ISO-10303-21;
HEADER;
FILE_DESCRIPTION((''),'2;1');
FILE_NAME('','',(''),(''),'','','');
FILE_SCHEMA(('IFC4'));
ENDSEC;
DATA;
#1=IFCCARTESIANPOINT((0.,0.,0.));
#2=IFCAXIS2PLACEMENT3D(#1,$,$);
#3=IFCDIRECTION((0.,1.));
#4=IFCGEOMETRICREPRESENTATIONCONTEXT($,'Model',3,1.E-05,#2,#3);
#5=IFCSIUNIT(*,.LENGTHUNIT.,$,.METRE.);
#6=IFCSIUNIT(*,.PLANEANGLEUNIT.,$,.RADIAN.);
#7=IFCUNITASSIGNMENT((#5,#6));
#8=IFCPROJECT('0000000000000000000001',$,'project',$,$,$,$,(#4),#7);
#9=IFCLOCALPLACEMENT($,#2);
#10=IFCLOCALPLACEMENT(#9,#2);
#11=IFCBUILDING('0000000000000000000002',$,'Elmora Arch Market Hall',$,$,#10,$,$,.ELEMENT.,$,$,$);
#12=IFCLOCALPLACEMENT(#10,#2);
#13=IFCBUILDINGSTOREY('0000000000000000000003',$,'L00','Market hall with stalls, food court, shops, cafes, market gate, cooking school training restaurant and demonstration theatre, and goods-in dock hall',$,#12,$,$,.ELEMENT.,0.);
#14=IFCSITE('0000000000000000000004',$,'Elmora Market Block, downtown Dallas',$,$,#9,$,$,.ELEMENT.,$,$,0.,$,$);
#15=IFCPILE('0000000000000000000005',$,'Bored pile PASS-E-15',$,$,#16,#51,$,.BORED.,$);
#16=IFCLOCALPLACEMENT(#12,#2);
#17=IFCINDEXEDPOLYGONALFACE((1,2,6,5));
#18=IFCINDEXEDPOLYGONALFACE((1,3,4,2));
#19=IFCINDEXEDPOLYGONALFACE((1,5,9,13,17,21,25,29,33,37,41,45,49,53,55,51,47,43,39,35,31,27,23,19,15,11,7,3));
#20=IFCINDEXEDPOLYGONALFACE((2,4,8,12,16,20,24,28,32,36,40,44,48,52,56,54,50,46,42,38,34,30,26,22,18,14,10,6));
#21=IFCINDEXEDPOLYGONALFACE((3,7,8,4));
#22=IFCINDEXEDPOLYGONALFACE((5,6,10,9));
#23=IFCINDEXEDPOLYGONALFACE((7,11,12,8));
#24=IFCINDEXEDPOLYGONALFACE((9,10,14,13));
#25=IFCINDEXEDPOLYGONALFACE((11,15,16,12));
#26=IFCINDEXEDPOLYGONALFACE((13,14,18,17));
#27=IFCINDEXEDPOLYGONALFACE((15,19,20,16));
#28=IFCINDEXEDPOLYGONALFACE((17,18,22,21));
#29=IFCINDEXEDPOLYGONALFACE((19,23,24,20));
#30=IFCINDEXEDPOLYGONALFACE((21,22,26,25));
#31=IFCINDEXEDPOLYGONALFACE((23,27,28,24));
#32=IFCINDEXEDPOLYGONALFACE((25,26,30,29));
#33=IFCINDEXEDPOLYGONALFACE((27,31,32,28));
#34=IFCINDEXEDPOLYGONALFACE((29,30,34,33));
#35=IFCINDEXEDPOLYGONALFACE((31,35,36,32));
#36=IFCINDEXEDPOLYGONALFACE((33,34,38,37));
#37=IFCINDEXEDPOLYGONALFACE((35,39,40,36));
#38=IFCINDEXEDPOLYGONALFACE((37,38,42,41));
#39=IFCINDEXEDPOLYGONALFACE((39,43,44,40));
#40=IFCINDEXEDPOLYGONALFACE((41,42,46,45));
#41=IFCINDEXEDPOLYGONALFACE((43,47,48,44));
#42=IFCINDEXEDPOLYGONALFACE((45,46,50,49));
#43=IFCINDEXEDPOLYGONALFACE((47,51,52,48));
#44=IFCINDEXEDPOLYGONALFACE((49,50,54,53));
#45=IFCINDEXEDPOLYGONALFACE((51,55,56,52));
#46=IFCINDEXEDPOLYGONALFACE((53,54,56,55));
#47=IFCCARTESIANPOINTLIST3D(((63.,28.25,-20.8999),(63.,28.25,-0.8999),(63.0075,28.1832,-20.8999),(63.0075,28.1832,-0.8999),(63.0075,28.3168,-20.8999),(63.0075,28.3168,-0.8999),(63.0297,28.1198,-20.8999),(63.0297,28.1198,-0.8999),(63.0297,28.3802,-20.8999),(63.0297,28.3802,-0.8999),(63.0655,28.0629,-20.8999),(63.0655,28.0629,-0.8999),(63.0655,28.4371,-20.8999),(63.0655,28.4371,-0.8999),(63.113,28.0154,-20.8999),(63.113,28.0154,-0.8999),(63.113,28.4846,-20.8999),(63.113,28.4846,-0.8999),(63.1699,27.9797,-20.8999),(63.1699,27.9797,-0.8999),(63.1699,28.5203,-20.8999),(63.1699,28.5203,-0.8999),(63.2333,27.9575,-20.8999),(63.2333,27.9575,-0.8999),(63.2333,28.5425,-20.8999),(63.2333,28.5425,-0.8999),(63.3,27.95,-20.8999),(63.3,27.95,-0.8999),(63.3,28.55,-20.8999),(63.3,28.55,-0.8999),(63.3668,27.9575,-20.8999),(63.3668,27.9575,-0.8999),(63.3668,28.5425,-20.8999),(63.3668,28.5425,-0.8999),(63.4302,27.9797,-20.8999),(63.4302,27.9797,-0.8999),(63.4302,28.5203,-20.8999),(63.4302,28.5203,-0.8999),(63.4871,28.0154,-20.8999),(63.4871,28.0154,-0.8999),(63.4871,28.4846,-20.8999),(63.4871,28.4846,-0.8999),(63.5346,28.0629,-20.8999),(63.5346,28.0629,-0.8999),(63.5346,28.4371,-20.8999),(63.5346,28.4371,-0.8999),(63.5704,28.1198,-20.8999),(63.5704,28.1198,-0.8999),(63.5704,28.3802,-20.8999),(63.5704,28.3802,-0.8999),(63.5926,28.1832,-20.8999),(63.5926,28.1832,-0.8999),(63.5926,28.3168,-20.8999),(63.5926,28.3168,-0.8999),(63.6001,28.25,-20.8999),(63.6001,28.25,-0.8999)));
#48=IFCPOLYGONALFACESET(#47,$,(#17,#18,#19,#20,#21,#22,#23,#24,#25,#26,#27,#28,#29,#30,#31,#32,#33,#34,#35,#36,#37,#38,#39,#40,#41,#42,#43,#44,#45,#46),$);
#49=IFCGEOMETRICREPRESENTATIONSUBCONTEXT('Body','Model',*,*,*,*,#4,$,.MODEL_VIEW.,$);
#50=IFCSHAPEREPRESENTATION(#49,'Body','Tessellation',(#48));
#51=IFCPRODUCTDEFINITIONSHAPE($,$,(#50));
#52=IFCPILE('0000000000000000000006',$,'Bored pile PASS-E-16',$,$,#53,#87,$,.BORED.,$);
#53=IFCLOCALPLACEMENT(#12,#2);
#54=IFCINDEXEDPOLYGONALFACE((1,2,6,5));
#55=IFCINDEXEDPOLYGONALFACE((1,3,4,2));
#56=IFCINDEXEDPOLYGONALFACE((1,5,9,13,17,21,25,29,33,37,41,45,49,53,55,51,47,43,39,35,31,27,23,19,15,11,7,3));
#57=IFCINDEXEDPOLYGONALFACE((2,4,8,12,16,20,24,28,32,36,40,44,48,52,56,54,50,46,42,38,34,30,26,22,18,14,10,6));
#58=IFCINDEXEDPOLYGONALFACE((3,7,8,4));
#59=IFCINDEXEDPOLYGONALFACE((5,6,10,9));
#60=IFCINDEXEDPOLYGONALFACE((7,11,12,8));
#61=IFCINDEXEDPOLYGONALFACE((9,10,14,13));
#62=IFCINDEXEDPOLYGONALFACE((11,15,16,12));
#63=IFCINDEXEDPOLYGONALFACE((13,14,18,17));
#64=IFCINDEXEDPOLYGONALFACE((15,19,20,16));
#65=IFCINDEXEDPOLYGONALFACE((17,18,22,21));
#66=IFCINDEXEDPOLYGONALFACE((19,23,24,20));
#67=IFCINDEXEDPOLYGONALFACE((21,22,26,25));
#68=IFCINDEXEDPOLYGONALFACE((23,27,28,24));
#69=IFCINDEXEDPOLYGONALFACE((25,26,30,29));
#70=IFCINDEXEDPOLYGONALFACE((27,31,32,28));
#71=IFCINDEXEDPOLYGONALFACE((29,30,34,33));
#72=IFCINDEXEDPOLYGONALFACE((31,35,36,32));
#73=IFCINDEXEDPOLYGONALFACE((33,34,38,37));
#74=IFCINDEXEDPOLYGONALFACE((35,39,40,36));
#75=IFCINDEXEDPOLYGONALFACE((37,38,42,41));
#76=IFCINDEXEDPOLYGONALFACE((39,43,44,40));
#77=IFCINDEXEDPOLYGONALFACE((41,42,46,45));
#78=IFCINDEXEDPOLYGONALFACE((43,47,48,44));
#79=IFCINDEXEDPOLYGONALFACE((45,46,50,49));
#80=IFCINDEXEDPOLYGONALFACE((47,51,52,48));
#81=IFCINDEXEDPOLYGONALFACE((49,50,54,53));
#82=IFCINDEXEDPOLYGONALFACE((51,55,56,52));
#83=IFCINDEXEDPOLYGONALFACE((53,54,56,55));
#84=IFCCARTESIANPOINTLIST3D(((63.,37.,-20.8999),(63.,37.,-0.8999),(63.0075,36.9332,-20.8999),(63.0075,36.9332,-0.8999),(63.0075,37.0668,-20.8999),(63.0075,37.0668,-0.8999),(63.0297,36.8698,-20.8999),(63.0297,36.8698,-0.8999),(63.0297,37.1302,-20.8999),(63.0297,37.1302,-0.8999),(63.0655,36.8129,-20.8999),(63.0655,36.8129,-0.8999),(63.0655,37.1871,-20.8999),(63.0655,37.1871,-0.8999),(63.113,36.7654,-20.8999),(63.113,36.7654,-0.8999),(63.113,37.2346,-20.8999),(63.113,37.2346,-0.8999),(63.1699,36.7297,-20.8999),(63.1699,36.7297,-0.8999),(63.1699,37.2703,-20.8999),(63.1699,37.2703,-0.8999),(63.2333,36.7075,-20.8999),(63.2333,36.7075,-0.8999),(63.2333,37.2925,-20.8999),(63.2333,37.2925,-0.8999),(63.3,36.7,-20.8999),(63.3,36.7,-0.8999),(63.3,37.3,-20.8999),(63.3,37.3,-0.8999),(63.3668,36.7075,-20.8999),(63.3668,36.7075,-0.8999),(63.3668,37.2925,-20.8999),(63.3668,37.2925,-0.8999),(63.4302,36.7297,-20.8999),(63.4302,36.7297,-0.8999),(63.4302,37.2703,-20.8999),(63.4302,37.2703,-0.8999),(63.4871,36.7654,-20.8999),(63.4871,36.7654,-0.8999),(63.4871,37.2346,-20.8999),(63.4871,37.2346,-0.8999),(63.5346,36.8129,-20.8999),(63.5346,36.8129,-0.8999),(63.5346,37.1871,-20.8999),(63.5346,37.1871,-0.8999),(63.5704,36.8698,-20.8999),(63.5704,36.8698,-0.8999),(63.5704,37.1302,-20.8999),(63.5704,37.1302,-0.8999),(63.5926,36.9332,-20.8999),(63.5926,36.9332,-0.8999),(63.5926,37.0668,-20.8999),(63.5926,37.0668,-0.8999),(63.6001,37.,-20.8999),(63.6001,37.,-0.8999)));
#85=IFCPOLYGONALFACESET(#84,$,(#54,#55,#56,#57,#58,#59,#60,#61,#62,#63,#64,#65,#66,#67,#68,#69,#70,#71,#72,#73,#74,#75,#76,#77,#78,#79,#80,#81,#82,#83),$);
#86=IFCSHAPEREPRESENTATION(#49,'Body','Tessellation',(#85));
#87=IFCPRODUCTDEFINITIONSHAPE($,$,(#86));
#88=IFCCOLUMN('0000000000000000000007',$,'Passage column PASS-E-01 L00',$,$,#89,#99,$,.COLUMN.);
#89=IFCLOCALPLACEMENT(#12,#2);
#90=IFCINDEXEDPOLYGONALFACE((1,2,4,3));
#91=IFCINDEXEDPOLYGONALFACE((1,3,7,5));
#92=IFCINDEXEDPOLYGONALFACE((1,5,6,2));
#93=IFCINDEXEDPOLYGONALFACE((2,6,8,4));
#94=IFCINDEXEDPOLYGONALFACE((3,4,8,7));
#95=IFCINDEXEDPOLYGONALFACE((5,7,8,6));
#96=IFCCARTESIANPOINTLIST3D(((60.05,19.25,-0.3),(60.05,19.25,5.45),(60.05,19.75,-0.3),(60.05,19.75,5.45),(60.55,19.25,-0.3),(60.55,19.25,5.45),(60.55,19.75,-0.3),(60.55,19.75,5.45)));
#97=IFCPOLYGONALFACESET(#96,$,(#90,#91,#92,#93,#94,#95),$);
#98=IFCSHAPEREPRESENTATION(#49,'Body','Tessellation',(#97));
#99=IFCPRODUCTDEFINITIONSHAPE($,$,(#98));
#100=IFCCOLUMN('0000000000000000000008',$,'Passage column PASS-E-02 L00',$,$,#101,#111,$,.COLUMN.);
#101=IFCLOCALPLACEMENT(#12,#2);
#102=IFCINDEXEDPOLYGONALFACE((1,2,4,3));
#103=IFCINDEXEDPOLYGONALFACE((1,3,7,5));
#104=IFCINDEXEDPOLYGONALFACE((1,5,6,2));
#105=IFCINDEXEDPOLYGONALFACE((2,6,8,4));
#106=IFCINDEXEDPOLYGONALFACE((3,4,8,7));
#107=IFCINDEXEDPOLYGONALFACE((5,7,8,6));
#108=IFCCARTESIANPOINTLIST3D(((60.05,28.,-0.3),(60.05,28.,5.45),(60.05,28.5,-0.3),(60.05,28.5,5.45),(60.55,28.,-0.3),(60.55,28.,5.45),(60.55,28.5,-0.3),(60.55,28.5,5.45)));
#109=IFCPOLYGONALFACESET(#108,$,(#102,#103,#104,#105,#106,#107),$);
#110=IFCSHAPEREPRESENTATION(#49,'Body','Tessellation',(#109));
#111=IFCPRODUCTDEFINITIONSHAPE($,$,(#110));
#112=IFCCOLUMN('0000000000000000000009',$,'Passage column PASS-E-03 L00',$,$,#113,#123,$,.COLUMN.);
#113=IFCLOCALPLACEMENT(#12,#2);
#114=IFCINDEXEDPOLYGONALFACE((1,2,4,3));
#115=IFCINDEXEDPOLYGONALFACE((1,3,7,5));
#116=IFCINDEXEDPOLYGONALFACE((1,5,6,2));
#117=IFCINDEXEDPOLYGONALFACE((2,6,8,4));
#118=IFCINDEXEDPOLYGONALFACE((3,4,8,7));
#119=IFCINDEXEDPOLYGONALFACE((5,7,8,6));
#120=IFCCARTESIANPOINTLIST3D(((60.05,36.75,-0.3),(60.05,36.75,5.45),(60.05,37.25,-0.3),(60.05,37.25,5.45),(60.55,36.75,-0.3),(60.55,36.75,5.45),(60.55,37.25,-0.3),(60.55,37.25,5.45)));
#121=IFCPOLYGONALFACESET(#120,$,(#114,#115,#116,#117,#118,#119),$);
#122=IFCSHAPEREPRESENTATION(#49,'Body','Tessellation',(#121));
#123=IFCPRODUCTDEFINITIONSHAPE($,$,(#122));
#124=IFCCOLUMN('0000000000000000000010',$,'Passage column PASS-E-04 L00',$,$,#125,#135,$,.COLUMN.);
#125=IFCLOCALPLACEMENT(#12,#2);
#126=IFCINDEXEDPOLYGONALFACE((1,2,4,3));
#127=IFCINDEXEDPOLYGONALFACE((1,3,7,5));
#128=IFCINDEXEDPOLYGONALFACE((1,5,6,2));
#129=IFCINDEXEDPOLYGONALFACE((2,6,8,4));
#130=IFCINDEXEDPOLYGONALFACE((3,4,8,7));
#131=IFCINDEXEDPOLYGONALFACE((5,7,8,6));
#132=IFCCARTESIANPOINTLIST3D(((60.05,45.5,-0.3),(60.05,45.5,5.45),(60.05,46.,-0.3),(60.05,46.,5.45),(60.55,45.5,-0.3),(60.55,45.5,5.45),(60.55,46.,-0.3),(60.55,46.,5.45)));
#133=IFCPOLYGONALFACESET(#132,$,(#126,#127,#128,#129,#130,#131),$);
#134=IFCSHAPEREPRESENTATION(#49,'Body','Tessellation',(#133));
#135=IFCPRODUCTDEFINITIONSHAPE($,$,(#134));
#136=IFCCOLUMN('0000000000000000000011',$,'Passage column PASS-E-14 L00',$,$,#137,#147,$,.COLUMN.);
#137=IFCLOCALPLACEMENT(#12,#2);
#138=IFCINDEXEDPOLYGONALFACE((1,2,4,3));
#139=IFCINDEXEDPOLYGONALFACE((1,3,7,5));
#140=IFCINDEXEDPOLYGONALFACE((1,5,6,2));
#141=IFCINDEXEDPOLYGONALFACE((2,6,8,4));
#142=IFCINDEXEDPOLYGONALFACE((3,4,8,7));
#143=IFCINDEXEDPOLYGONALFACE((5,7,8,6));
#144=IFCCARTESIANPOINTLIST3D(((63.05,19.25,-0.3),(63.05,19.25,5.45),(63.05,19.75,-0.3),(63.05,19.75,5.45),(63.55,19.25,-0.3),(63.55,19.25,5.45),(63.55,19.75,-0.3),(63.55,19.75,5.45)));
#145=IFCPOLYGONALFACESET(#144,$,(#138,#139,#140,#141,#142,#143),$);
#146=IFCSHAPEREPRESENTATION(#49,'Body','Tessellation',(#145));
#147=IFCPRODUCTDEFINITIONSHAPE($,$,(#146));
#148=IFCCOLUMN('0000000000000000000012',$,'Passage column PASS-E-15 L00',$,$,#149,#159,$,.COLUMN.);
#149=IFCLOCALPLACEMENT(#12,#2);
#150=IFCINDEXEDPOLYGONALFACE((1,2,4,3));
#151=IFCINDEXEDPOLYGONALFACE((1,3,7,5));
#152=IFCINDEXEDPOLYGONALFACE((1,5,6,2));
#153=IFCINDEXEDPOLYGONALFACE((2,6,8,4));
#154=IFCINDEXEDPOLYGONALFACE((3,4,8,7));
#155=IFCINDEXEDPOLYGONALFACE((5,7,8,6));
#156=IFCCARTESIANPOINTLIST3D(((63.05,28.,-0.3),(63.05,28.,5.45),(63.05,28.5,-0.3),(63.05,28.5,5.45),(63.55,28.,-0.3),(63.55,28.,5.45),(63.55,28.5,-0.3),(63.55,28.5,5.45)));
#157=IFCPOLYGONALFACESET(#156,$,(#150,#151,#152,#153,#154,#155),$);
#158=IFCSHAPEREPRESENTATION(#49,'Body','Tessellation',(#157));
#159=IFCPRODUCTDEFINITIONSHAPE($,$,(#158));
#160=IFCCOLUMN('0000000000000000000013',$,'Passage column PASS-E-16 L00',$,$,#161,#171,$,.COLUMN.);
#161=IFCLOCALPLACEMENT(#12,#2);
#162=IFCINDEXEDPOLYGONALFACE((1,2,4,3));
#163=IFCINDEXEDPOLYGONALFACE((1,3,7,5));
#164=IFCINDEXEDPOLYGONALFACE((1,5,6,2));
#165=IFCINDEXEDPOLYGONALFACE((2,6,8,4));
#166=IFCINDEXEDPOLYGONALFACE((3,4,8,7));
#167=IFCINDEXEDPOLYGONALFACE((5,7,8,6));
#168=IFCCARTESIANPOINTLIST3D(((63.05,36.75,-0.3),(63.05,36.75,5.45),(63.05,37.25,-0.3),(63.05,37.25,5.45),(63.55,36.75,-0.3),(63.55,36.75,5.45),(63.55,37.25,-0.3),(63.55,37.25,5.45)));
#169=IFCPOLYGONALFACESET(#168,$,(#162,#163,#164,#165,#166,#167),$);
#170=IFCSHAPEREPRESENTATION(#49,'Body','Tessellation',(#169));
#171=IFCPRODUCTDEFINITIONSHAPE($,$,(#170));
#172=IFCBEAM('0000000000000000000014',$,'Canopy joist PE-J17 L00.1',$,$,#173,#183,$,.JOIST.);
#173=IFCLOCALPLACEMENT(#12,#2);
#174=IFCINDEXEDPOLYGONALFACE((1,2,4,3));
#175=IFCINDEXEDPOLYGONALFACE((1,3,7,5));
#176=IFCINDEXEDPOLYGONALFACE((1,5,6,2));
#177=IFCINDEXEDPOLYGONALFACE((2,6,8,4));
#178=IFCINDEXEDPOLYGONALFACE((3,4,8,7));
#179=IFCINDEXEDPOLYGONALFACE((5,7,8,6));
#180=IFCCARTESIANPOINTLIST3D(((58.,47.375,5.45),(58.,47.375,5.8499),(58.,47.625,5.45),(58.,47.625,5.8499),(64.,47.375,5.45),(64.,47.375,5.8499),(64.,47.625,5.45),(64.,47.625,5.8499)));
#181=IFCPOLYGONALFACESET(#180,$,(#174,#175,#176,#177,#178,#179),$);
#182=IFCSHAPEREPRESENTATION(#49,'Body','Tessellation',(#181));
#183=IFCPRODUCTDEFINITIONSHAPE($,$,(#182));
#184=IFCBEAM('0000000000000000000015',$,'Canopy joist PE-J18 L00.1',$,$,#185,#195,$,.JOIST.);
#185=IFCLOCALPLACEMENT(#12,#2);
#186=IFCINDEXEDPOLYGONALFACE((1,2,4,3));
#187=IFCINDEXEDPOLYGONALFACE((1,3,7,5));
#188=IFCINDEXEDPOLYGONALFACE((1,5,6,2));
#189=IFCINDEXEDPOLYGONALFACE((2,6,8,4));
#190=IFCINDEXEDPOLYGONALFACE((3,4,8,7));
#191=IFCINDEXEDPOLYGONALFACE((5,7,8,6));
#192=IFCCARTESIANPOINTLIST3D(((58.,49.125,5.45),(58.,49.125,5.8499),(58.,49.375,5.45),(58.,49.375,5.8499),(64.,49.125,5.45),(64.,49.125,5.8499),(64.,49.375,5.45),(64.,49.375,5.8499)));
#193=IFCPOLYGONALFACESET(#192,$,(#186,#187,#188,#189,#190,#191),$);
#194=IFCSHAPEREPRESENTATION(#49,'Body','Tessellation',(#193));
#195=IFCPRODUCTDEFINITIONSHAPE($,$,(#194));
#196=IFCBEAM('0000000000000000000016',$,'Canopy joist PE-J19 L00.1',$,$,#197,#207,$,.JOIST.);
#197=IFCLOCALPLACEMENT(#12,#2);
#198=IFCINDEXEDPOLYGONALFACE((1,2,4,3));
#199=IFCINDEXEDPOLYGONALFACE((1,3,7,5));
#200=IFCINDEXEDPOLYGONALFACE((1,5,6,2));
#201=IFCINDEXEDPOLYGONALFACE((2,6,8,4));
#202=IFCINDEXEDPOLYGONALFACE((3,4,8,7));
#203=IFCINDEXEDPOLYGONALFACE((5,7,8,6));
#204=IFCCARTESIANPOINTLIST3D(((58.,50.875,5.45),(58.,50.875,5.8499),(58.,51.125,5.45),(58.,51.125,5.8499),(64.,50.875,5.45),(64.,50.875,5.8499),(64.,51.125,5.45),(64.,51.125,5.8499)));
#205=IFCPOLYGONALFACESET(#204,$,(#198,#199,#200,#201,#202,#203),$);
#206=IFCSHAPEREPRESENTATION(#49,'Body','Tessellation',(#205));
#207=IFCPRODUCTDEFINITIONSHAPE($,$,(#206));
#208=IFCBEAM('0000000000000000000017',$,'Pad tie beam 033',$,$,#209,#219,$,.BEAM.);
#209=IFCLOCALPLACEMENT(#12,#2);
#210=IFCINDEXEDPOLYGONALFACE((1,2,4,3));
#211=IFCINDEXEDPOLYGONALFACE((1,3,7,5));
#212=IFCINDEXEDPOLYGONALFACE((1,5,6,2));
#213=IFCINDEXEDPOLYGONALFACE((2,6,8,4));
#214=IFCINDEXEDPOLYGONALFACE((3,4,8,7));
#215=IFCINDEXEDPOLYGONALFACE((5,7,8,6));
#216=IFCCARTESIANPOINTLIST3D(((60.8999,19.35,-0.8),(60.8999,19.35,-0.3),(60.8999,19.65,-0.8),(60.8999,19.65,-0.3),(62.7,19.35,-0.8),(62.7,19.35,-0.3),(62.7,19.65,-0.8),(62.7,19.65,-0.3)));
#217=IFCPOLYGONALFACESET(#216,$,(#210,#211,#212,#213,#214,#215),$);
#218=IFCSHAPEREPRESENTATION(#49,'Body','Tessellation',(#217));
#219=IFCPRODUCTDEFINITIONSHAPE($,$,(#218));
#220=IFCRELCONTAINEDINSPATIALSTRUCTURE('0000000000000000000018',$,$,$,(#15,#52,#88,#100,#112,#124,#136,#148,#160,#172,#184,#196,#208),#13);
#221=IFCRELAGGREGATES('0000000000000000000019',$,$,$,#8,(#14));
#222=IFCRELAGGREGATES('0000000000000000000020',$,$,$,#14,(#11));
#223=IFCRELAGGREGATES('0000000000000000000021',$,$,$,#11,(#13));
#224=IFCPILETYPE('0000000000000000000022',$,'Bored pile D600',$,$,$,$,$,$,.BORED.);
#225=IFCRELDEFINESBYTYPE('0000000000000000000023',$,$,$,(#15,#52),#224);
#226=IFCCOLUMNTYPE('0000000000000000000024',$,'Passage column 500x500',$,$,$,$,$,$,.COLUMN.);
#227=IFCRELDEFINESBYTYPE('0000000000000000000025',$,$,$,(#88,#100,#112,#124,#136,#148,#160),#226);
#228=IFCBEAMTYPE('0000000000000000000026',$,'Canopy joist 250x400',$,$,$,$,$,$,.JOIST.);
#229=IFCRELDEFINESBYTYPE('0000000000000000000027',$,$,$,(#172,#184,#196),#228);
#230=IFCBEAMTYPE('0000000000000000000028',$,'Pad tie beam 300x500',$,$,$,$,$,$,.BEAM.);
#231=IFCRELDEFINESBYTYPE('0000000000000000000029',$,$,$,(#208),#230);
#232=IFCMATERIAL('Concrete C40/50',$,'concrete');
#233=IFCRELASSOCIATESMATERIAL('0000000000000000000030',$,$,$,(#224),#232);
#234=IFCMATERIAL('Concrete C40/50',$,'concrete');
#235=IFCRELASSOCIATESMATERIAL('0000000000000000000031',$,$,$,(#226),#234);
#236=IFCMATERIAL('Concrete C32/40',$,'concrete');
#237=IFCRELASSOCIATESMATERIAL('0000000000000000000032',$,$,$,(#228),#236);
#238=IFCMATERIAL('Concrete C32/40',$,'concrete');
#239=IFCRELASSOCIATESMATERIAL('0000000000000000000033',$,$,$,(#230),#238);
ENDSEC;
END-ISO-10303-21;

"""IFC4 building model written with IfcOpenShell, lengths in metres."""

from ifc_helpers import new_model, si_unit, direction, frame, origin, origin_2d, place, context, subcontext, project, spatial, rectangle, circle, extrude, material, material_profile, profile_set, type_object, element, save


model = new_model("IFC4")

# Units and contexts
model_context = context("Model", 3, precision=1e-05, world=origin(), true_north=direction((0.0, 1.0)))
body_context = subcontext(model_context, "Body", "Model", "MODEL_VIEW")
ifc_project = project(units=[si_unit("LENGTHUNIT", "METRE"), si_unit("PLANEANGLEUNIT", "RADIAN")], contexts=[model_context])

# Site, building, storey
site_placement = place(None, origin())
site = spatial("IfcSite", under=ifc_project, at=site_placement, Name="Elmora Market Block, downtown Dallas", CompositionType="ELEMENT", RefElevation=0.0)
building_placement = place(site_placement, origin())
building = spatial("IfcBuilding", under=site, at=building_placement, Name="Elmora Arch Market Hall", CompositionType="ELEMENT")
storey_placement = place(building_placement, origin())
storey = spatial("IfcBuildingStorey", under=building, at=storey_placement, Name="L00", Description="Market hall with stalls, food court, shops, cafes, market gate, cooking school training restaurant and demonstration theatre, and goods-in dock hall", CompositionType="ELEMENT", Elevation=0.0)

# Piles
ifc_material_1 = material(Name="Concrete C40/50", Category="concrete")
ifc_material_profile_1 = material_profile(ifc_material_1, circle(Radius=0.3, at=origin_2d()), Name="Bored pile D600")
ifc_profile_set_1 = profile_set([ifc_material_profile_1], Name="Concrete C40/50")
pile_type = type_object("IfcPileType", Name="Bored pile D600", PredefinedType="BORED", material=ifc_profile_set_1)
for number, where, z_axis, x_axis, name in (
    (1, (63.3, 28.25, -0.8999), (0.0, 0.0, -1.0), (1.0, 0.0, 0.0), "Bored pile PASS-E-15"),
    (2, (63.3, 37.0, -0.8999), (0.0, 0.0, -1.0), (1.0, 0.0, 0.0), "Bored pile PASS-E-16"),
):
    element("IfcPile", number, at=place(storey_placement, frame(where, z_axis=z_axis, x_axis=x_axis)), inside=storey, type_object=pile_type, Name=name, PredefinedType="BORED", context=body_context, shape_type="SweptSolid", body=[
        extrude(circle(Radius=0.3, at=origin_2d()), origin(), (0.0, 0.0, 1.0), 20.0),
    ])

# Columns
ifc_material_2 = material(Name="Concrete C40/50", Category="concrete")
ifc_material_profile_2 = material_profile(ifc_material_2, rectangle(XDim=0.5, YDim=0.5, at=origin_2d()), Name="Passage column 500x500")
ifc_profile_set_2 = profile_set([ifc_material_profile_2], Name="Concrete C40/50")
column_type = type_object("IfcColumnType", Name="Passage column 500x500", PredefinedType="COLUMN", material=ifc_profile_set_2)
for number, where, z_axis, x_axis, name in (
    (3, (60.3, 19.5, -0.3), (0.0, 0.0, 1.0), (1.0, 0.0, 0.0), "Passage column PASS-E-01 L00"),
    (4, (60.3, 28.25, -0.3), (0.0, 0.0, 1.0), (1.0, 0.0, 0.0), "Passage column PASS-E-02 L00"),
    (5, (60.3, 37.0, -0.3), (0.0, 0.0, 1.0), (1.0, 0.0, 0.0), "Passage column PASS-E-03 L00"),
    (6, (60.3, 45.75, -0.3), (0.0, 0.0, 1.0), (1.0, 0.0, 0.0), "Passage column PASS-E-04 L00"),
    (7, (63.3, 19.5, -0.3), (0.0, 0.0, 1.0), (1.0, 0.0, 0.0), "Passage column PASS-E-14 L00"),
    (8, (63.3, 28.25, -0.3), (0.0, 0.0, 1.0), (1.0, 0.0, 0.0), "Passage column PASS-E-15 L00"),
    (9, (63.3, 37.0, -0.3), (0.0, 0.0, 1.0), (1.0, 0.0, 0.0), "Passage column PASS-E-16 L00"),
):
    element("IfcColumn", number, at=place(storey_placement, frame(where, z_axis=z_axis, x_axis=x_axis)), inside=storey, type_object=column_type, Name=name, PredefinedType="COLUMN", context=body_context, shape_type="SweptSolid", body=[
        extrude(rectangle(XDim=0.5, YDim=0.5, at=origin_2d()), origin(), (0.0, 0.0, 1.0), 5.75),
    ])

# Beams
ifc_material_3 = material(Name="Concrete C32/40", Category="concrete")
ifc_material_profile_3 = material_profile(ifc_material_3, rectangle(XDim=0.25, YDim=0.3999, at=origin_2d()), Name="Canopy joist 250x400")
ifc_profile_set_3 = profile_set([ifc_material_profile_3], Name="Concrete C32/40")
beam_type_1 = type_object("IfcBeamType", Name="Canopy joist 250x400", PredefinedType="JOIST", material=ifc_profile_set_3)
for number, where, z_axis, x_axis, name in (
    (10, (58.0, 47.5, 5.6499), (1.0, 0.0, 0.0), (0.0, 1.0, 0.0), "Canopy joist PE-J17 L00.1"),
    (11, (58.0, 49.25, 5.6499), (1.0, 0.0, 0.0), (0.0, 1.0, 0.0), "Canopy joist PE-J18 L00.1"),
    (12, (58.0, 51.0, 5.6499), (1.0, 0.0, 0.0), (0.0, 1.0, 0.0), "Canopy joist PE-J19 L00.1"),
):
    element("IfcBeam", number, at=place(storey_placement, frame(where, z_axis=z_axis, x_axis=x_axis)), inside=storey, type_object=beam_type_1, Name=name, PredefinedType="JOIST", context=body_context, shape_type="SweptSolid", body=[
        extrude(rectangle(XDim=0.25, YDim=0.3999, at=origin_2d()), origin(), (0.0, 0.0, 1.0), 6.0),
    ])
ifc_material_4 = material(Name="Concrete C32/40", Category="concrete")
ifc_material_profile_4 = material_profile(ifc_material_4, rectangle(XDim=0.3, YDim=0.5, at=origin_2d()), Name="Pad tie beam 300x500")
ifc_profile_set_4 = profile_set([ifc_material_profile_4], Name="Concrete C32/40")
beam_type_2 = type_object("IfcBeamType", Name="Pad tie beam 300x500", PredefinedType="BEAM", material=ifc_profile_set_4)
for number, where, z_axis, x_axis, name in (
    (13, (60.8999, 19.5, -0.55), (1.0, 0.0, 0.0), (0.0, 1.0, 0.0), "Pad tie beam 033"),
):
    element("IfcBeam", number, at=place(storey_placement, frame(where, z_axis=z_axis, x_axis=x_axis)), inside=storey, type_object=beam_type_2, Name=name, PredefinedType="BEAM", context=body_context, shape_type="SweptSolid", body=[
        extrude(rectangle(XDim=0.3, YDim=0.5, at=origin_2d()), origin(), (0.0, 0.0, 1.0), 1.8),
    ])

save(model, "model.ifc")
